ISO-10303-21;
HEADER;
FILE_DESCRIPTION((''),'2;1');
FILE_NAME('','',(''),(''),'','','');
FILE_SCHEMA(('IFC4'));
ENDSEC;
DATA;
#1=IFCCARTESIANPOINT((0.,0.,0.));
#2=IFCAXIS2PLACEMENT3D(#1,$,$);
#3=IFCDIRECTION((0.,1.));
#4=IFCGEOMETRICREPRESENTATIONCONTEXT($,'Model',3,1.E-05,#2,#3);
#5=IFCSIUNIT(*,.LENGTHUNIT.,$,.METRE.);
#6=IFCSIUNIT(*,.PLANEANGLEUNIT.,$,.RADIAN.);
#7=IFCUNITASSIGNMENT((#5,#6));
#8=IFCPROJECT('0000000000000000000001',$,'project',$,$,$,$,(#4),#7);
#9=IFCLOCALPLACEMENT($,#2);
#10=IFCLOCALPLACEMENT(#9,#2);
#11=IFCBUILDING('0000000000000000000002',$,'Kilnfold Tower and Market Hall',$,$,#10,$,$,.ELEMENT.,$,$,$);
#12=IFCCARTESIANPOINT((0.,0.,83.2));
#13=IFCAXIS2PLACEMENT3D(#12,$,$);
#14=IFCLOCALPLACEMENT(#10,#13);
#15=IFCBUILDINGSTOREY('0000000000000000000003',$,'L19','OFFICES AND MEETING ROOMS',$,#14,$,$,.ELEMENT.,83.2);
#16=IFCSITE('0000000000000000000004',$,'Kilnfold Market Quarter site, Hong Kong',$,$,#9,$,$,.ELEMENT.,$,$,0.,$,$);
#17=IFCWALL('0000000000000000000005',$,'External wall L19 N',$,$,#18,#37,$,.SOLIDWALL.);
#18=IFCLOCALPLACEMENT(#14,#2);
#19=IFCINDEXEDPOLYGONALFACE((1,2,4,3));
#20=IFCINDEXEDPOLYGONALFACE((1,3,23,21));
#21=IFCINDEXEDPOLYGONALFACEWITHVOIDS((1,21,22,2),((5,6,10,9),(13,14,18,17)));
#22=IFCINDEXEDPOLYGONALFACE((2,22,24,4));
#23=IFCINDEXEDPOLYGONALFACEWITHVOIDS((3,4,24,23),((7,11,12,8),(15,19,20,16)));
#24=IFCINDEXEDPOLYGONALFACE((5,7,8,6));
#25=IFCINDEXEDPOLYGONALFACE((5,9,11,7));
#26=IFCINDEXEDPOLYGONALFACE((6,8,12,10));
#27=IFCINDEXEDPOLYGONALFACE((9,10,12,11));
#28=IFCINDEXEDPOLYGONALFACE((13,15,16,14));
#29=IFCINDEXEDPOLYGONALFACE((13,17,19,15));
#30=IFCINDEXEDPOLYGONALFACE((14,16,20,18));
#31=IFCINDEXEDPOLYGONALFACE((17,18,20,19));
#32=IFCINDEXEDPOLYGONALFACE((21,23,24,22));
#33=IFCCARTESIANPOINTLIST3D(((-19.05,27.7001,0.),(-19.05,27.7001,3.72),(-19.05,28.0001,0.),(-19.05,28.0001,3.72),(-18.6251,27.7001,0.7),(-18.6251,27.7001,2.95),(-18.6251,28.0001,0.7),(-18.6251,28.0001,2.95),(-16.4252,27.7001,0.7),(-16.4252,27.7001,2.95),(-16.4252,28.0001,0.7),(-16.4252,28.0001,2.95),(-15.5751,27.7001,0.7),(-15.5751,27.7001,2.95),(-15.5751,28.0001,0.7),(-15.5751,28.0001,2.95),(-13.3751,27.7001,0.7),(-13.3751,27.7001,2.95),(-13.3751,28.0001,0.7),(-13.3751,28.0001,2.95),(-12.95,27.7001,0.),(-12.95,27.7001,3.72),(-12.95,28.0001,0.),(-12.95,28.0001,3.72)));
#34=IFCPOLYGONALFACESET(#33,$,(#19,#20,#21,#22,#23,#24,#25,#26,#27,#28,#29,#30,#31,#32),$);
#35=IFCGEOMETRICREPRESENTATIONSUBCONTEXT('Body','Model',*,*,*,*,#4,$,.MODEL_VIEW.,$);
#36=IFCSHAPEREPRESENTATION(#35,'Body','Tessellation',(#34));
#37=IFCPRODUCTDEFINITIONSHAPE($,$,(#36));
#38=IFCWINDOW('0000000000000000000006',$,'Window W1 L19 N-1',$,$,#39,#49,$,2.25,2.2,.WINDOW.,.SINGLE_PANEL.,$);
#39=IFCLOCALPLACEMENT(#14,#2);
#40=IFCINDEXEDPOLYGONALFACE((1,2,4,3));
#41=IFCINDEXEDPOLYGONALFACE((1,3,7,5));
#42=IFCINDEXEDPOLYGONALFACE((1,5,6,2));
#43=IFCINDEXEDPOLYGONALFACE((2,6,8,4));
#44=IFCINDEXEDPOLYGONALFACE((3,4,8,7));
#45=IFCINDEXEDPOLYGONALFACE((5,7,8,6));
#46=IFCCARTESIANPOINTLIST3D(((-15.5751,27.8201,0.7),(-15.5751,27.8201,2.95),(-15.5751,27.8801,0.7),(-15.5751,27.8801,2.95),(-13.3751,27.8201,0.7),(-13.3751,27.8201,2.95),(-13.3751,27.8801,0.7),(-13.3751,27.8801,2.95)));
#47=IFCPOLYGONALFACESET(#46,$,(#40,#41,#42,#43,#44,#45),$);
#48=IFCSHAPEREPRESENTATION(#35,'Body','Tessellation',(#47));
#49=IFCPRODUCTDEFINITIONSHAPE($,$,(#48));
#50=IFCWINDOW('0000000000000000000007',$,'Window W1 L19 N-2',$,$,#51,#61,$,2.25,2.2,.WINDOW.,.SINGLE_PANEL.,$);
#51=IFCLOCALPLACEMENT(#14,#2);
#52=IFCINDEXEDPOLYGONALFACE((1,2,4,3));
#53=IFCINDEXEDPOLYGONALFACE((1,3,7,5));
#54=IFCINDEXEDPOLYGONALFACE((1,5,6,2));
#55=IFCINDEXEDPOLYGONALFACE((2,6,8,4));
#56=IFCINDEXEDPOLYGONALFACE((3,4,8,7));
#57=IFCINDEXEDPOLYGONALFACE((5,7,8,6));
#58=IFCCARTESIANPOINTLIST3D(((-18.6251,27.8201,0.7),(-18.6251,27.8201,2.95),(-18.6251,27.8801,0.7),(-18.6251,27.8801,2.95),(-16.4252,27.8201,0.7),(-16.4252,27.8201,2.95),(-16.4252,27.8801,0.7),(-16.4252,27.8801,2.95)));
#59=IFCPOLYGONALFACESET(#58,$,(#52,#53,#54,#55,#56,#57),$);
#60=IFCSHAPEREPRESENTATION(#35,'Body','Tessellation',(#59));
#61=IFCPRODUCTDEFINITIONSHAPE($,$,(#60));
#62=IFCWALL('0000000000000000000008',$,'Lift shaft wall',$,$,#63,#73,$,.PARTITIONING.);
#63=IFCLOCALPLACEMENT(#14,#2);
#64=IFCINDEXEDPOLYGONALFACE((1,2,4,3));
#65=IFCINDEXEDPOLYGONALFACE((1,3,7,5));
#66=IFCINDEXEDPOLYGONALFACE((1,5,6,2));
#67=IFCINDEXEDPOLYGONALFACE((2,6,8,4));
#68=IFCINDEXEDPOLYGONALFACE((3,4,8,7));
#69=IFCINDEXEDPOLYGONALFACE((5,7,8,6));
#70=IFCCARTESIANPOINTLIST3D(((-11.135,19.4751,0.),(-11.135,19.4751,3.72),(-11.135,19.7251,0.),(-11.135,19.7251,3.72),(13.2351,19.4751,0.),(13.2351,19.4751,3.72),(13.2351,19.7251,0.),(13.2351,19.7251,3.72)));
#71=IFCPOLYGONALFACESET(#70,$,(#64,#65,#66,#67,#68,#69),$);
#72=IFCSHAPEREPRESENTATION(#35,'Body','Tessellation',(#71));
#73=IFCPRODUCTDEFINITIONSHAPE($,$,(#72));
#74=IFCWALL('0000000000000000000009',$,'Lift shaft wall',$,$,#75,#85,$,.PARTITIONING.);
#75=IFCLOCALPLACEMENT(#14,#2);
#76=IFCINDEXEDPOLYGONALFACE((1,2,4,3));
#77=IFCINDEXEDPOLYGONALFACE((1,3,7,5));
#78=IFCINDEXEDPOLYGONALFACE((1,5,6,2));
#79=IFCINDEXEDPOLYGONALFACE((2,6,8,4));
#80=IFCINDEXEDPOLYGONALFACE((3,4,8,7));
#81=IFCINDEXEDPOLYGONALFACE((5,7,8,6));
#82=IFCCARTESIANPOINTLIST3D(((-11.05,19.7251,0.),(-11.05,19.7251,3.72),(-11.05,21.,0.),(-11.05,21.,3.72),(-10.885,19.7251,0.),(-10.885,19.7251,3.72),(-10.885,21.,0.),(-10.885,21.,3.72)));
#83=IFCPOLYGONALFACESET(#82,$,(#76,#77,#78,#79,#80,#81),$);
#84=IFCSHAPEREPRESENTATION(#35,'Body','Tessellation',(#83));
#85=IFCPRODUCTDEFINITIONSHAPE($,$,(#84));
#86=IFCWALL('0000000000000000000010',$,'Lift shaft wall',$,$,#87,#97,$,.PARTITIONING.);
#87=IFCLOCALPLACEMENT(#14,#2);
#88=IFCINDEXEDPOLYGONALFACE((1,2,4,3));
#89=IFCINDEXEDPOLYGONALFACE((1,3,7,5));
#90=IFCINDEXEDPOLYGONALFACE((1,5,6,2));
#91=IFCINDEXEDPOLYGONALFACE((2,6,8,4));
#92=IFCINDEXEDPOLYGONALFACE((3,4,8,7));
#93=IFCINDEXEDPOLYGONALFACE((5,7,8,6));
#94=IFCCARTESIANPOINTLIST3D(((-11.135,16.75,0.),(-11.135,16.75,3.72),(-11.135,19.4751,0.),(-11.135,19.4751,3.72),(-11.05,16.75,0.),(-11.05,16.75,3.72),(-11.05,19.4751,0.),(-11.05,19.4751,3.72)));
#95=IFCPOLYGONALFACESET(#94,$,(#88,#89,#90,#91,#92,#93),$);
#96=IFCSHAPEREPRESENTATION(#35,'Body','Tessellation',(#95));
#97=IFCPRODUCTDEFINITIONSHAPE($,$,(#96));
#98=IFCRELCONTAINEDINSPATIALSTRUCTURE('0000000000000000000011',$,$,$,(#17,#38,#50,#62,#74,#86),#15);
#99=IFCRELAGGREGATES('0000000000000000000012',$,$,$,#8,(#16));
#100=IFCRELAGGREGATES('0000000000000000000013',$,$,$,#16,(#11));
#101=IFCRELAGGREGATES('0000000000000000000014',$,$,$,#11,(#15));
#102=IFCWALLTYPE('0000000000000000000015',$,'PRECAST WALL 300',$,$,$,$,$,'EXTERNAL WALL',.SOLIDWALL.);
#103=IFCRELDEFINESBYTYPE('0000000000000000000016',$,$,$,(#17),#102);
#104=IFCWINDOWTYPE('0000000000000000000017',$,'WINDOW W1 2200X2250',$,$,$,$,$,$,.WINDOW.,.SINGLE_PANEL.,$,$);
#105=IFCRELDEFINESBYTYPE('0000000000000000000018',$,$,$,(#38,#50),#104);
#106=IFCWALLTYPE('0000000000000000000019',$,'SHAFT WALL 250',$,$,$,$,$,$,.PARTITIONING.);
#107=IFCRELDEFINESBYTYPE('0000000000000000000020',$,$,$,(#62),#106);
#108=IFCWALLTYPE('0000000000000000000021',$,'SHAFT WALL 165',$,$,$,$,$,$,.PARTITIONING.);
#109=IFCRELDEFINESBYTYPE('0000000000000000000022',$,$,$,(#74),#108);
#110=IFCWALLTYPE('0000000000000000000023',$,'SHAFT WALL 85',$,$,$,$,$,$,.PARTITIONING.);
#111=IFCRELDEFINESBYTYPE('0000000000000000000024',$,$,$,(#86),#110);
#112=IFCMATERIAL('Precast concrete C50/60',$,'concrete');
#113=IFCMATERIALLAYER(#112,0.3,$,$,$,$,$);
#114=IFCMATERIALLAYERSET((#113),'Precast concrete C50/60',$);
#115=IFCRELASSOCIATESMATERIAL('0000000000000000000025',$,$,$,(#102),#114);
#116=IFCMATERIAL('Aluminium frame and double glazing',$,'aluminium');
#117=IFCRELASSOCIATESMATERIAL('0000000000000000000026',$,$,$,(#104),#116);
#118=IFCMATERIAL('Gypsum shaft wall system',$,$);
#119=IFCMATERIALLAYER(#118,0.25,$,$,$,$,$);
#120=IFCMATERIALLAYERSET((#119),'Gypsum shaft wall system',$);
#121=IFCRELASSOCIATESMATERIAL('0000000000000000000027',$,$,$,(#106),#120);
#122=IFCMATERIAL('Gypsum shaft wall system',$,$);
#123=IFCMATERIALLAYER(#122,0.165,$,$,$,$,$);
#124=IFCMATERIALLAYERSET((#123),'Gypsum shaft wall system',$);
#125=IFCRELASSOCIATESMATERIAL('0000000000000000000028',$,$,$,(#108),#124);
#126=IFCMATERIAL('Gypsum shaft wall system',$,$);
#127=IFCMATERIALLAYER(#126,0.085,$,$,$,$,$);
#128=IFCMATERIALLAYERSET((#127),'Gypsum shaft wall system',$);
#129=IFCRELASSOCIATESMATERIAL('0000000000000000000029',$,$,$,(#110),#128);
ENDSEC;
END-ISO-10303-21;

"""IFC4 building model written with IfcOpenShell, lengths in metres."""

from ifc_helpers import new_model, si_unit, direction, frame, frame_2d, origin, place, context, subcontext, project, spatial, rectangle, extrude, source, transform, mapped, material, layer, layer_set, type_object, element, fill, save


model = new_model("IFC4")

# Units and contexts
model_context = context("Model", 3, precision=1e-05, world=origin(), true_north=direction((0.0, 1.0)))
body_context = subcontext(model_context, "Body", "Model", "MODEL_VIEW")
ifc_project = project(units=[si_unit("LENGTHUNIT", "METRE"), si_unit("PLANEANGLEUNIT", "RADIAN")], contexts=[model_context])

# Site, building, storey
site_placement = place(None, origin())
site = spatial("IfcSite", under=ifc_project, at=site_placement, Name="Kilnfold Market Quarter site, Hong Kong", CompositionType="ELEMENT", RefElevation=0.0)
building_placement = place(site_placement, origin())
building = spatial("IfcBuilding", under=site, at=building_placement, Name="Kilnfold Tower and Market Hall", CompositionType="ELEMENT")
storey_placement = place(building_placement, frame((0.0, 0.0, 83.2)))
storey = spatial("IfcBuildingStorey", under=building, at=storey_placement, Name="L19", Description="OFFICES AND MEETING ROOMS", CompositionType="ELEMENT", Elevation=83.2)

# Wall, openings, windows
ifc_material_1 = material(Name="Precast concrete C50/60", Category="concrete")
ifc_layer_1 = layer(ifc_material_1, 0.3)
ifc_layer_set_1 = layer_set([ifc_layer_1], Name="Precast concrete C50/60")
wall_type_1 = type_object("IfcWallType", Name="PRECAST WALL 300", ElementType="EXTERNAL WALL", PredefinedType="SOLIDWALL", material=ifc_layer_set_1)
shared_shape_1 = source(origin(), body_context, "Body", "SweptSolid", [
    extrude(rectangle(XDim=6.1001, YDim=0.3, at=frame_2d((3.05, 0.0))), origin(), (0.0, 0.0, 1.0), 3.72),
])
wall_1_placement = place(storey_placement, frame((-12.95, 27.8501, 0.0), z_axis=(0.0, 0.0, 1.0), x_axis=(-1.0, 0.0, 0.0)))
wall_1 = element("IfcWall", 1, at=wall_1_placement, inside=storey, type_object=wall_type_1, Name="External wall L19 N", PredefinedType="SOLIDWALL", context=body_context, shape_type="MappedRepresentation", body=[
    mapped(shared_shape_1, transform((0.0, 0.0, 0.0))),
])
opening_1_placement = place(wall_1_placement, frame((0.425, 0.0, 0.7)))
opening_1 = element("IfcOpeningElement", 2, at=opening_1_placement, cuts=wall_1, PredefinedType="OPENING", context=body_context, shape_type="SweptSolid", body=[
    extrude(rectangle(XDim=2.2, YDim=2.25, at=frame_2d((1.1001, 1.125))), frame((0.0, 0.1602, 0.0), z_axis=(0.0, -1.0, 0.0), x_axis=(1.0, 0.0, 0.0)), (0.0, 0.0, 1.0), 0.3201),
])
opening_2_placement = place(wall_1_placement, frame((3.4751, 0.0, 0.7)))
opening_2 = element("IfcOpeningElement", 3, at=opening_2_placement, cuts=wall_1, PredefinedType="OPENING", context=body_context, shape_type="SweptSolid", body=[
    extrude(rectangle(XDim=2.2, YDim=2.25, at=frame_2d((1.1001, 1.125))), frame((0.0, 0.1602, 0.0), z_axis=(0.0, -1.0, 0.0), x_axis=(1.0, 0.0, 0.0)), (0.0, 0.0, 1.0), 0.3201),
])
ifc_material_2 = material(Name="Aluminium frame and double glazing", Category="aluminium")
window_type = type_object("IfcWindowType", Name="WINDOW W1 2200X2250", PartitioningType="SINGLE_PANEL", PredefinedType="WINDOW", material=ifc_material_2)
window_1_placement = place(opening_1_placement, origin())
window_1 = element("IfcWindow", 4, at=window_1_placement, inside=storey, type_object=window_type, Name="Window W1 L19 N-1", OverallHeight=2.25, OverallWidth=2.2, PartitioningType="SINGLE_PANEL", PredefinedType="WINDOW", context=body_context, shape_type="SweptSolid", body=[
    extrude(rectangle(XDim=2.2, YDim=2.25, at=frame_2d((1.1001, 1.125))), frame((0.0, 0.03, 0.0), z_axis=(0.0, -1.0, 0.0), x_axis=(1.0, 0.0, 0.0)), (0.0, 0.0, 1.0), 0.0601),
])
fill(opening_1, window_1)
window_2_placement = place(opening_2_placement, origin())
window_2 = element("IfcWindow", 5, at=window_2_placement, inside=storey, type_object=window_type, Name="Window W1 L19 N-2", OverallHeight=2.25, OverallWidth=2.2, PartitioningType="SINGLE_PANEL", PredefinedType="WINDOW", context=body_context, shape_type="SweptSolid", body=[
    extrude(rectangle(XDim=2.2, YDim=2.25, at=frame_2d((1.1001, 1.125))), frame((0.0, 0.03, 0.0), z_axis=(0.0, -1.0, 0.0), x_axis=(1.0, 0.0, 0.0)), (0.0, 0.0, 1.0), 0.0601),
])
fill(opening_2, window_2)

# Walls
ifc_material_3 = material(Name="Gypsum shaft wall system")
ifc_layer_2 = layer(ifc_material_3, 0.25)
ifc_layer_set_2 = layer_set([ifc_layer_2], Name="Gypsum shaft wall system")
wall_type_2 = type_object("IfcWallType", Name="SHAFT WALL 250", PredefinedType="PARTITIONING", material=ifc_layer_set_2)
shared_shape_2 = source(origin(), body_context, "Body", "SweptSolid", [
    extrude(rectangle(XDim=24.3701, YDim=0.25, at=frame_2d((12.1851, 0.0))), origin(), (0.0, 0.0, 1.0), 3.72),
])
wall_2_placement = place(storey_placement, frame((-11.135, 19.6001, 0.0), z_axis=(0.0, 0.0, 1.0), x_axis=(1.0, 0.0, 0.0)))
element("IfcWall", 6, at=wall_2_placement, inside=storey, type_object=wall_type_2, Name="Lift shaft wall", PredefinedType="PARTITIONING", context=body_context, shape_type="MappedRepresentation", body=[
    mapped(shared_shape_2, transform((0.0, 0.0, 0.0))),
])
ifc_material_4 = material(Name="Gypsum shaft wall system")
ifc_layer_3 = layer(ifc_material_4, 0.165)
ifc_layer_set_3 = layer_set([ifc_layer_3], Name="Gypsum shaft wall system")
wall_type_3 = type_object("IfcWallType", Name="SHAFT WALL 165", PredefinedType="PARTITIONING", material=ifc_layer_set_3)
shared_shape_3 = source(origin(), body_context, "Body", "SweptSolid", [
    extrude(rectangle(XDim=1.2749, YDim=0.165, at=frame_2d((0.6375, 0.0))), origin(), (0.0, 0.0, 1.0), 3.72),
])
wall_3_placement = place(storey_placement, frame((-10.9675, 19.7251, 0.0), z_axis=(0.0, 0.0, 1.0), x_axis=(0.0, 1.0, 0.0)))
element("IfcWall", 7, at=wall_3_placement, inside=storey, type_object=wall_type_3, Name="Lift shaft wall", PredefinedType="PARTITIONING", context=body_context, shape_type="MappedRepresentation", body=[
    mapped(shared_shape_3, transform((0.0, 0.0, 0.0))),
])
ifc_material_5 = material(Name="Gypsum shaft wall system")
ifc_layer_4 = layer(ifc_material_5, 0.085)
ifc_layer_set_4 = layer_set([ifc_layer_4], Name="Gypsum shaft wall system")
wall_type_4 = type_object("IfcWallType", Name="SHAFT WALL 85", PredefinedType="PARTITIONING", material=ifc_layer_set_4)
shared_shape_4 = source(origin(), body_context, "Body", "SweptSolid", [
    extrude(rectangle(XDim=2.7251, YDim=0.085, at=frame_2d((1.3625, 0.0))), origin(), (0.0, 0.0, 1.0), 3.72),
])
wall_4_placement = place(storey_placement, frame((-11.0925, 16.75, 0.0), z_axis=(0.0, 0.0, 1.0), x_axis=(0.0, 1.0, 0.0)))
element("IfcWall", 8, at=wall_4_placement, inside=storey, type_object=wall_type_4, Name="Lift shaft wall", PredefinedType="PARTITIONING", context=body_context, shape_type="MappedRepresentation", body=[
    mapped(shared_shape_4, transform((0.0, 0.0, 0.0))),
])

save(model, "model.ifc")
